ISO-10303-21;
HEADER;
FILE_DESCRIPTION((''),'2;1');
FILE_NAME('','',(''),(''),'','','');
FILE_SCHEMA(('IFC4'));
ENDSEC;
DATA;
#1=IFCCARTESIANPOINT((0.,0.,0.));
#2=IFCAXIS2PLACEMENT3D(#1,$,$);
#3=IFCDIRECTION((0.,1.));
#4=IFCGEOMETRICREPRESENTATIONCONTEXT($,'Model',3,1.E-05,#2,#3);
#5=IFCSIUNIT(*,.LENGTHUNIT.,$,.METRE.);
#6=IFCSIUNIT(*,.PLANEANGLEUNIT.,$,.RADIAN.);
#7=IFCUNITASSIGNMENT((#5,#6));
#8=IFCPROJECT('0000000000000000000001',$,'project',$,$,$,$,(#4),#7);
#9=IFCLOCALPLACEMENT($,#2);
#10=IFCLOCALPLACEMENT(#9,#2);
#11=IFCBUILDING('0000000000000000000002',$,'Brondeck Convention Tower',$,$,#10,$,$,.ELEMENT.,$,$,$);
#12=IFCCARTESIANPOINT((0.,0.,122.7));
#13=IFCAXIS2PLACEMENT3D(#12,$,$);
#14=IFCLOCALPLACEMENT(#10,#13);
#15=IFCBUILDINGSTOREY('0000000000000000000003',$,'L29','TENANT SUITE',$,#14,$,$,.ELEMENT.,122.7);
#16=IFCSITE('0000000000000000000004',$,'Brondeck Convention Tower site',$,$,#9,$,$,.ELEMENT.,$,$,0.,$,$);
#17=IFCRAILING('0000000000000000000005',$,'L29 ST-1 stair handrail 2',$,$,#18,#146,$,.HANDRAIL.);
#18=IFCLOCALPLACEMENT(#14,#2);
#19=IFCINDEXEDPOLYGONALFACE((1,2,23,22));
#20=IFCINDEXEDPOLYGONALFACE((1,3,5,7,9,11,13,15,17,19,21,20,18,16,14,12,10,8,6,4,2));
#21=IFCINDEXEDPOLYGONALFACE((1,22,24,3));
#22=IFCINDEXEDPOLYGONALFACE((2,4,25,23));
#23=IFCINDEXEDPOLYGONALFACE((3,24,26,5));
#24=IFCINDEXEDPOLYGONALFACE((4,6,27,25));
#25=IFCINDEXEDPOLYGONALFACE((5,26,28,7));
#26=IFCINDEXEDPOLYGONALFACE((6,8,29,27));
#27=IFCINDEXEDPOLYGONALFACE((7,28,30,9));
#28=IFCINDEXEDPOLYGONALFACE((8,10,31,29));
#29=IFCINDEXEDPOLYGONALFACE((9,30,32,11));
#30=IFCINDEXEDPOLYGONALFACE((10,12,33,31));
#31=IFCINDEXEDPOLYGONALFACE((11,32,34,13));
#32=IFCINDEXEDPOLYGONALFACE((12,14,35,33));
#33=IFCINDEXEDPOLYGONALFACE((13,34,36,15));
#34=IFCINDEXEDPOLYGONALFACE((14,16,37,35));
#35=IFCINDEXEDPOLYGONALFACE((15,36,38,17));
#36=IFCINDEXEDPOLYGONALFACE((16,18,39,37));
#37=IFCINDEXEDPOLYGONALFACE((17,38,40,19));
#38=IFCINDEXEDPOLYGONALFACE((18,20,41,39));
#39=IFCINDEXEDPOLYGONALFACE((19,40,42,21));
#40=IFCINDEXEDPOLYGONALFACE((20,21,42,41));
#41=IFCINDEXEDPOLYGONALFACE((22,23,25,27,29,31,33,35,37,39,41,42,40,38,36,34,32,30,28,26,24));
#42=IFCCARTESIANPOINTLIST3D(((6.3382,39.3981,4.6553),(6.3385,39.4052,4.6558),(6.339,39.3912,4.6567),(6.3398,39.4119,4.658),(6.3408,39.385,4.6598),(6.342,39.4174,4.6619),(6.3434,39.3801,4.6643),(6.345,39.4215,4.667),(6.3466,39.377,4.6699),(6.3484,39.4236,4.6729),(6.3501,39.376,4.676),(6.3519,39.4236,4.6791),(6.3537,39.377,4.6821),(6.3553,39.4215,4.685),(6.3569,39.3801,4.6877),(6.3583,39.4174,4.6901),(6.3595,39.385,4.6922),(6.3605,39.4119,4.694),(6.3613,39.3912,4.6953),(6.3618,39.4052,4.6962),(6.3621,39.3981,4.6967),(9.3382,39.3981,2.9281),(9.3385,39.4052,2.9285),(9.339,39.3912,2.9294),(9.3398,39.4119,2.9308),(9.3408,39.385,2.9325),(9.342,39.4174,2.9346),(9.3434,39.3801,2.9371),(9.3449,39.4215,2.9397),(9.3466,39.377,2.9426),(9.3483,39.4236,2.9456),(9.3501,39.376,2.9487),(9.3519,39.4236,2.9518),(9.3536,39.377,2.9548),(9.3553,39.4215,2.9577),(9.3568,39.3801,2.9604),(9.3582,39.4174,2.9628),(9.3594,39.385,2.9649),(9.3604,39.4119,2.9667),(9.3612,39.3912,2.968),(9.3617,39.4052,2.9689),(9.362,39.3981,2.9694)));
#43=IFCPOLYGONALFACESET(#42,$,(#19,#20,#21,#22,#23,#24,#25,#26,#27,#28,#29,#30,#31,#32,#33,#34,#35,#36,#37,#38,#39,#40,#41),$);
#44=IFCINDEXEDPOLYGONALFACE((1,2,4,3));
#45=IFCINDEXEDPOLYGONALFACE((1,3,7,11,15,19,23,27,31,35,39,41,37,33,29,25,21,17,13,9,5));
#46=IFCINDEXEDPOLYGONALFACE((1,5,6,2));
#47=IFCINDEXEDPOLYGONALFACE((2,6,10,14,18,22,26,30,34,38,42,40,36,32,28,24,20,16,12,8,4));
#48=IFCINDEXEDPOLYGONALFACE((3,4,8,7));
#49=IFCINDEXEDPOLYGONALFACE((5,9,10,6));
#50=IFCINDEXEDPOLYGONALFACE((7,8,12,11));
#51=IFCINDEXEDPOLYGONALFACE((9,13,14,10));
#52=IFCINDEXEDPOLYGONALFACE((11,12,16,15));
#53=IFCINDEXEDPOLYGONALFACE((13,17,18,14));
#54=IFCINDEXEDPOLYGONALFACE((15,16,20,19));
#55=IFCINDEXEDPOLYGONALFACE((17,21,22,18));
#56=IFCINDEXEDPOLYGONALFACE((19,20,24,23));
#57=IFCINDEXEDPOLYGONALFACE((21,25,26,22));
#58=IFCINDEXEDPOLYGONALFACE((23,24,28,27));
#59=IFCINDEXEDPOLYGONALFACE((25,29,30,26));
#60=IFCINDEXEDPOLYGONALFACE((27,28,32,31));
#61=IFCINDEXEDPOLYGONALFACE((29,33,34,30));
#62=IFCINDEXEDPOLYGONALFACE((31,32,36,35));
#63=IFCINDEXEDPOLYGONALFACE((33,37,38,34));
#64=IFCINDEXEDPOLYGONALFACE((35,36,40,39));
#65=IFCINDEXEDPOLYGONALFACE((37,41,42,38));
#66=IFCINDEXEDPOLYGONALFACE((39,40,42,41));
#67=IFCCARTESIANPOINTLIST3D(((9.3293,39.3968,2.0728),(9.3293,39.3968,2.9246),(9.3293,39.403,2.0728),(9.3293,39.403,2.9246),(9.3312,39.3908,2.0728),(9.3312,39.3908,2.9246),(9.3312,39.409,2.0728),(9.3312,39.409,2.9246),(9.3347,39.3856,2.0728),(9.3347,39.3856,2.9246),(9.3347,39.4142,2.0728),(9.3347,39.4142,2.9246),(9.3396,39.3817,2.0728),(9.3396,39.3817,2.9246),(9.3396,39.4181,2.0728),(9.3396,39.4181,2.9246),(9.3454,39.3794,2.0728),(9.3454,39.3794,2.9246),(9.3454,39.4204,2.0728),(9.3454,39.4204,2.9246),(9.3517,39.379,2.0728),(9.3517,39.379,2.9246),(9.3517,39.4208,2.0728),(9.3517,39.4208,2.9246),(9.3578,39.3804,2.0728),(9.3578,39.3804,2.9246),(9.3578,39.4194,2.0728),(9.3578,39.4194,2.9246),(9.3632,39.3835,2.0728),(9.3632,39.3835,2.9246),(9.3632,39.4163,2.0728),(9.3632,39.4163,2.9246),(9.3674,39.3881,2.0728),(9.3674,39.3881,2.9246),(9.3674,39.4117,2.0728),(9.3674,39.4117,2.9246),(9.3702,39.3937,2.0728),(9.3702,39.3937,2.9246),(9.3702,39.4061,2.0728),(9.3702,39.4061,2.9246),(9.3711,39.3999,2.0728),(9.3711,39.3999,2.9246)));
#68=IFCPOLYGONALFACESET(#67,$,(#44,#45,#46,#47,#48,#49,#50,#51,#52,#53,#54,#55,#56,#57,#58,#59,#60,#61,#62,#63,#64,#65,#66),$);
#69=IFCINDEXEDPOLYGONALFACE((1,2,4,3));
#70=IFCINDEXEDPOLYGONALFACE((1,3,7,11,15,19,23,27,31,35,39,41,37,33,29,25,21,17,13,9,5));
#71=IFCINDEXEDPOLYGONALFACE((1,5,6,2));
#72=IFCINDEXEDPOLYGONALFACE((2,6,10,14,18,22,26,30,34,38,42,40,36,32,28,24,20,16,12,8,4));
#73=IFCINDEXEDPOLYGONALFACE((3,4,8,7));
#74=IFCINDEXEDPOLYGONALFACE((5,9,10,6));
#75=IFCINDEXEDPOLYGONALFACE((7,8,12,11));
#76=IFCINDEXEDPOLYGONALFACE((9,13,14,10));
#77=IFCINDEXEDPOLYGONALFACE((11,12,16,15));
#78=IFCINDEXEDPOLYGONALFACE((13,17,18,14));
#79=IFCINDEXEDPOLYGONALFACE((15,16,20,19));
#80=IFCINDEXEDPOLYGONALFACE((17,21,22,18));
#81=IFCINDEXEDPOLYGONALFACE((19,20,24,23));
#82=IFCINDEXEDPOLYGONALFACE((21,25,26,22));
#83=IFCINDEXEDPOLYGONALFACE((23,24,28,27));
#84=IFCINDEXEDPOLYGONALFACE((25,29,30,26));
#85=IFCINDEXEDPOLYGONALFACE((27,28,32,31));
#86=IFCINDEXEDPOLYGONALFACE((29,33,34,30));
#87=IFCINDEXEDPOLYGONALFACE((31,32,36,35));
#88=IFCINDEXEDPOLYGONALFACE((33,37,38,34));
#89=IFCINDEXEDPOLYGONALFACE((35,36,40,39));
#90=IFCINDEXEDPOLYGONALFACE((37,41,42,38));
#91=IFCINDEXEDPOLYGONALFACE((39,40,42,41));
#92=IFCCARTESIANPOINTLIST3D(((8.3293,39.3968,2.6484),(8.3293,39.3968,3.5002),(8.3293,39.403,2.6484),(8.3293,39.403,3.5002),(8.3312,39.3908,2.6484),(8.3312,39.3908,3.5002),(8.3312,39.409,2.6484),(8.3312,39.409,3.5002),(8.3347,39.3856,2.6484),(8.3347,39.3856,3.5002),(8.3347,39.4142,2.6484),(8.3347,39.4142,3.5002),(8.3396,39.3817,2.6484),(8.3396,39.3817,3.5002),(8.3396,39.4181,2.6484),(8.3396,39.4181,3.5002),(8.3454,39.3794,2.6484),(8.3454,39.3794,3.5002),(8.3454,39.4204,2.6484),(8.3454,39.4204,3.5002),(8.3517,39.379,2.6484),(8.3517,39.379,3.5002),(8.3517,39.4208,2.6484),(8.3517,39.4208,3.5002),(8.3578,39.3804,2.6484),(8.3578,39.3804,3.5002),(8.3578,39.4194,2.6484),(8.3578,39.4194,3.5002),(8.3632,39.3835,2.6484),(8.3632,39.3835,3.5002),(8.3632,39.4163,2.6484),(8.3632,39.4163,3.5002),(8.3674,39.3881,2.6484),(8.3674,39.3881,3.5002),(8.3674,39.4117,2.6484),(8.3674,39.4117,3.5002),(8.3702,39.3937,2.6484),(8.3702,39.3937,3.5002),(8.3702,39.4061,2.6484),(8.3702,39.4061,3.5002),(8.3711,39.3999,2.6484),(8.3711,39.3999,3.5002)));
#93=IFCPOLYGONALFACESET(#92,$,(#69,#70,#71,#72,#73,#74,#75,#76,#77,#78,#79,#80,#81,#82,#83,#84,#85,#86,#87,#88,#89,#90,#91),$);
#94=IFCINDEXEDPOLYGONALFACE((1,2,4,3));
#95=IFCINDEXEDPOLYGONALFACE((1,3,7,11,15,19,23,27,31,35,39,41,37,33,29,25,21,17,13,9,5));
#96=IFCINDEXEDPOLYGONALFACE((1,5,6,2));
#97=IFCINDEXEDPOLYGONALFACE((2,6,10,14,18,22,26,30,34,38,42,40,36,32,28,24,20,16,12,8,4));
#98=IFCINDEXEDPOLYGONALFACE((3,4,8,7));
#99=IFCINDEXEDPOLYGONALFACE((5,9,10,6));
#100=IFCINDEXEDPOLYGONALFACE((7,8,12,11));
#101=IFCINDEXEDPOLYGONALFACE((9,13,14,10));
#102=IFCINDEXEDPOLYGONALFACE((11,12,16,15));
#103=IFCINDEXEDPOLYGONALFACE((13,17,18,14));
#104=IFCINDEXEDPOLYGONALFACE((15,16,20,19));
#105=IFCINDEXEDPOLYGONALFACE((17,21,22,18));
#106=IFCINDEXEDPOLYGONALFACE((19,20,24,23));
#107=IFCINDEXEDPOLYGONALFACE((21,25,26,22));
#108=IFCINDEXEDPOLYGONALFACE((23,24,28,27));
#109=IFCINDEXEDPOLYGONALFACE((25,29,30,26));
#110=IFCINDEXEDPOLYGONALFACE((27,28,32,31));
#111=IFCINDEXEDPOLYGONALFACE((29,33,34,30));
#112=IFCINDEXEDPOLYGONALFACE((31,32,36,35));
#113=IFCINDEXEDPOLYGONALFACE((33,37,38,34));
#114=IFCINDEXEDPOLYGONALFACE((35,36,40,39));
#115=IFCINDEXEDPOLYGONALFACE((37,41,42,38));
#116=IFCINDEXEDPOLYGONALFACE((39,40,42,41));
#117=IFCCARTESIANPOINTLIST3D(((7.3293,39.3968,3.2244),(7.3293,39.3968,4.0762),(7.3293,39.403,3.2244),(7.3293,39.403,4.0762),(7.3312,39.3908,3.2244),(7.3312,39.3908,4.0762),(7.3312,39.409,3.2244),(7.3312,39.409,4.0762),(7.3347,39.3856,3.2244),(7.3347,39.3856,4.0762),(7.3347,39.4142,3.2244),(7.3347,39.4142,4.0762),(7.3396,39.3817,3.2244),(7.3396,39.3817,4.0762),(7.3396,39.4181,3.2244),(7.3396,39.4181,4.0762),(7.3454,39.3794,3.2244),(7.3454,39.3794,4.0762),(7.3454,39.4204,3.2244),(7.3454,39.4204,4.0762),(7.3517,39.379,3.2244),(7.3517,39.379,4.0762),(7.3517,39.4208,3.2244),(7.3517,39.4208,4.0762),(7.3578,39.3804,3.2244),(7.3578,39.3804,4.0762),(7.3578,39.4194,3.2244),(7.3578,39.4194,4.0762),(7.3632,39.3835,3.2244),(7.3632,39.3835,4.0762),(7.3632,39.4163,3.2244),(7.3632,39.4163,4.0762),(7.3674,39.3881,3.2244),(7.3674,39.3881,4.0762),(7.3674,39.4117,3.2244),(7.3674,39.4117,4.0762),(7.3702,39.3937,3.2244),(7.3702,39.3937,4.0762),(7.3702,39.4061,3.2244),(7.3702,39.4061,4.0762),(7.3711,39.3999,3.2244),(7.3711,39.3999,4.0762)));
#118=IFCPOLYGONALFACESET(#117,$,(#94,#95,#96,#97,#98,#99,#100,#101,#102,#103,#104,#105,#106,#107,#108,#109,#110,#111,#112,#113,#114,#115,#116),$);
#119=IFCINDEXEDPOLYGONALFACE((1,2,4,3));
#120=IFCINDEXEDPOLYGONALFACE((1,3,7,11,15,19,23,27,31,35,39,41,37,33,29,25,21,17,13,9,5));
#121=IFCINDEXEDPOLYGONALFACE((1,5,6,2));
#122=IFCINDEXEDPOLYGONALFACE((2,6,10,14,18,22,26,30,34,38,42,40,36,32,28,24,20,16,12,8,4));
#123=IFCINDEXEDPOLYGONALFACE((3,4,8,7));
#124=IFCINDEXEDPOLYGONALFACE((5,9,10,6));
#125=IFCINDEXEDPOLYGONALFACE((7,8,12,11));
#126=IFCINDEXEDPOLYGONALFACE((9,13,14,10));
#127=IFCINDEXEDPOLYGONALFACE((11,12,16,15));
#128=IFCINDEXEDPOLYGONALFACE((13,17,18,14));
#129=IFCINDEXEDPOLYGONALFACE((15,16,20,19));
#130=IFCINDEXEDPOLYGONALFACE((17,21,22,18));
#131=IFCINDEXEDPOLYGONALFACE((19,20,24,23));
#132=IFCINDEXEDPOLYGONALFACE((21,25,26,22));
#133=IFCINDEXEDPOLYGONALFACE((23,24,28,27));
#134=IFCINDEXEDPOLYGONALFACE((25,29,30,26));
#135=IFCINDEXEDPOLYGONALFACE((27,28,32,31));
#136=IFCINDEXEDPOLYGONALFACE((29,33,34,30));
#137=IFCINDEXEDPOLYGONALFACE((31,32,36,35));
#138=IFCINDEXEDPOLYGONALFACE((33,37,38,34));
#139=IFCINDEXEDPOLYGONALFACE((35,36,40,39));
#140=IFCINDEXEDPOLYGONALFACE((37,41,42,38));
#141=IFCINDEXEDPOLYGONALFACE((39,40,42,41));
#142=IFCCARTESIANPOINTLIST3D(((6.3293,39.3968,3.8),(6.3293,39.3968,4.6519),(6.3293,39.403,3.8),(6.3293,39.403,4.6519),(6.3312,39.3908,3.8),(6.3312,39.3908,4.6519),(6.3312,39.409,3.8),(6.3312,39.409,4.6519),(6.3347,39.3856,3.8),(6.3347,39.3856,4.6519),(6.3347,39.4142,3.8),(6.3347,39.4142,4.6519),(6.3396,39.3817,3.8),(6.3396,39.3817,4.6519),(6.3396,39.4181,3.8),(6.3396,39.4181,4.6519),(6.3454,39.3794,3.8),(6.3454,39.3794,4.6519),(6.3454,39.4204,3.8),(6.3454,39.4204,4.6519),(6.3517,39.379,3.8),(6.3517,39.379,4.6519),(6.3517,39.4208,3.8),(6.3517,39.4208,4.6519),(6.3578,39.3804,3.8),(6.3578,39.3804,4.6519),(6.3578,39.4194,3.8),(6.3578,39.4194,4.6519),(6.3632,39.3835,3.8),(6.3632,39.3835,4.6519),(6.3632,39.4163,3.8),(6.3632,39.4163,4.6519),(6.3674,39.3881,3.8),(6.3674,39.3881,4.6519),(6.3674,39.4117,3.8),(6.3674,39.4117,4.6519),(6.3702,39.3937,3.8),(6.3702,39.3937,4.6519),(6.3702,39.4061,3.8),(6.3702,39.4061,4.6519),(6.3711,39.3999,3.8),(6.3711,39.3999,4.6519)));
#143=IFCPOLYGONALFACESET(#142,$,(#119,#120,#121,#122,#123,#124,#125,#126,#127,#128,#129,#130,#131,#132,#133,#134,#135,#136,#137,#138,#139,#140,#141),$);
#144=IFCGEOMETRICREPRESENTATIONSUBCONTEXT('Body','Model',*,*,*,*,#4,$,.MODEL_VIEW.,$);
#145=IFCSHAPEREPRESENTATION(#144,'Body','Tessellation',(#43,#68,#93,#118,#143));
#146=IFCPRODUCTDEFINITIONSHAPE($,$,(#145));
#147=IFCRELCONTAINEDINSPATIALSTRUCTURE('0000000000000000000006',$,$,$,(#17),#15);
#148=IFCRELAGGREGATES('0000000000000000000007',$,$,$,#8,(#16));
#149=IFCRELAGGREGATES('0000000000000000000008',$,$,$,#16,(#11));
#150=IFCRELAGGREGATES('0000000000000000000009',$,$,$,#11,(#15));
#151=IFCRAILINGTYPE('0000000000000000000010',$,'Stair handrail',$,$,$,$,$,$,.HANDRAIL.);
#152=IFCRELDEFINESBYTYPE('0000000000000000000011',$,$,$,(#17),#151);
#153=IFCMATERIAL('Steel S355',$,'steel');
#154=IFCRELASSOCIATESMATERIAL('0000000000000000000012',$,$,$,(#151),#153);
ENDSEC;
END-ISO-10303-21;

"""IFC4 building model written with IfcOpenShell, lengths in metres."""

from ifc_helpers import new_model, si_unit, direction, frame, origin, origin_2d, place, context, subcontext, project, spatial, circle, extrude, material, type_object, element, save


model = new_model("IFC4")

# Units and contexts
model_context = context("Model", 3, precision=1e-05, world=origin(), true_north=direction((0.0, 1.0)))
body_context = subcontext(model_context, "Body", "Model", "MODEL_VIEW")
ifc_project = project(units=[si_unit("LENGTHUNIT", "METRE"), si_unit("PLANEANGLEUNIT", "RADIAN")], contexts=[model_context])

# Site, building, storey
site_placement = place(None, origin())
site = spatial("IfcSite", under=ifc_project, at=site_placement, Name="Brondeck Convention Tower site", CompositionType="ELEMENT", RefElevation=0.0)
building_placement = place(site_placement, origin())
building = spatial("IfcBuilding", under=site, at=building_placement, Name="Brondeck Convention Tower", CompositionType="ELEMENT")
storey_placement = place(building_placement, frame((0.0, 0.0, 122.7)))
storey = spatial("IfcBuildingStorey", under=building, at=storey_placement, Name="L29", Description="TENANT SUITE", CompositionType="ELEMENT", Elevation=122.7)

# Shared definitions
ifc_material_1 = material(Name="Steel S355", Category="steel")

# Railing
railing_type = type_object("IfcRailingType", Name="Stair handrail", PredefinedType="HANDRAIL", material=ifc_material_1)
railing_placement = place(storey_placement, frame((9.3501, 39.3999, 2.0728)))
element("IfcRailing", 1, at=railing_placement, inside=storey, type_object=railing_type, Name="L29 ST-1 stair handrail 2", PredefinedType="HANDRAIL", context=body_context, shape_type="SweptSolid", body=[
    extrude(circle(Radius=0.0239, at=origin_2d()), frame((0.0, 0.0, 0.876), z_axis=(-0.86662, 0.0, 0.498969), x_axis=(0.0, -1.0, 0.0)), (0.0, 0.0, 1.0), 3.4617),
    extrude(circle(Radius=0.021, at=origin_2d()), origin(), (0.0, 0.0, 1.0), 0.8518),
    extrude(circle(Radius=0.021, at=origin_2d()), frame((-1.0, 0.0, 0.5757)), (0.0, 0.0, 1.0), 0.8518),
    extrude(circle(Radius=0.021, at=origin_2d()), frame((-2.0, 0.0, 1.1516)), (0.0, 0.0, 1.0), 0.8518),
    extrude(circle(Radius=0.021, at=origin_2d()), frame((-3.0, 0.0, 1.7273)), (0.0, 0.0, 1.0), 0.8518),
])

save(model, "model.ifc")
